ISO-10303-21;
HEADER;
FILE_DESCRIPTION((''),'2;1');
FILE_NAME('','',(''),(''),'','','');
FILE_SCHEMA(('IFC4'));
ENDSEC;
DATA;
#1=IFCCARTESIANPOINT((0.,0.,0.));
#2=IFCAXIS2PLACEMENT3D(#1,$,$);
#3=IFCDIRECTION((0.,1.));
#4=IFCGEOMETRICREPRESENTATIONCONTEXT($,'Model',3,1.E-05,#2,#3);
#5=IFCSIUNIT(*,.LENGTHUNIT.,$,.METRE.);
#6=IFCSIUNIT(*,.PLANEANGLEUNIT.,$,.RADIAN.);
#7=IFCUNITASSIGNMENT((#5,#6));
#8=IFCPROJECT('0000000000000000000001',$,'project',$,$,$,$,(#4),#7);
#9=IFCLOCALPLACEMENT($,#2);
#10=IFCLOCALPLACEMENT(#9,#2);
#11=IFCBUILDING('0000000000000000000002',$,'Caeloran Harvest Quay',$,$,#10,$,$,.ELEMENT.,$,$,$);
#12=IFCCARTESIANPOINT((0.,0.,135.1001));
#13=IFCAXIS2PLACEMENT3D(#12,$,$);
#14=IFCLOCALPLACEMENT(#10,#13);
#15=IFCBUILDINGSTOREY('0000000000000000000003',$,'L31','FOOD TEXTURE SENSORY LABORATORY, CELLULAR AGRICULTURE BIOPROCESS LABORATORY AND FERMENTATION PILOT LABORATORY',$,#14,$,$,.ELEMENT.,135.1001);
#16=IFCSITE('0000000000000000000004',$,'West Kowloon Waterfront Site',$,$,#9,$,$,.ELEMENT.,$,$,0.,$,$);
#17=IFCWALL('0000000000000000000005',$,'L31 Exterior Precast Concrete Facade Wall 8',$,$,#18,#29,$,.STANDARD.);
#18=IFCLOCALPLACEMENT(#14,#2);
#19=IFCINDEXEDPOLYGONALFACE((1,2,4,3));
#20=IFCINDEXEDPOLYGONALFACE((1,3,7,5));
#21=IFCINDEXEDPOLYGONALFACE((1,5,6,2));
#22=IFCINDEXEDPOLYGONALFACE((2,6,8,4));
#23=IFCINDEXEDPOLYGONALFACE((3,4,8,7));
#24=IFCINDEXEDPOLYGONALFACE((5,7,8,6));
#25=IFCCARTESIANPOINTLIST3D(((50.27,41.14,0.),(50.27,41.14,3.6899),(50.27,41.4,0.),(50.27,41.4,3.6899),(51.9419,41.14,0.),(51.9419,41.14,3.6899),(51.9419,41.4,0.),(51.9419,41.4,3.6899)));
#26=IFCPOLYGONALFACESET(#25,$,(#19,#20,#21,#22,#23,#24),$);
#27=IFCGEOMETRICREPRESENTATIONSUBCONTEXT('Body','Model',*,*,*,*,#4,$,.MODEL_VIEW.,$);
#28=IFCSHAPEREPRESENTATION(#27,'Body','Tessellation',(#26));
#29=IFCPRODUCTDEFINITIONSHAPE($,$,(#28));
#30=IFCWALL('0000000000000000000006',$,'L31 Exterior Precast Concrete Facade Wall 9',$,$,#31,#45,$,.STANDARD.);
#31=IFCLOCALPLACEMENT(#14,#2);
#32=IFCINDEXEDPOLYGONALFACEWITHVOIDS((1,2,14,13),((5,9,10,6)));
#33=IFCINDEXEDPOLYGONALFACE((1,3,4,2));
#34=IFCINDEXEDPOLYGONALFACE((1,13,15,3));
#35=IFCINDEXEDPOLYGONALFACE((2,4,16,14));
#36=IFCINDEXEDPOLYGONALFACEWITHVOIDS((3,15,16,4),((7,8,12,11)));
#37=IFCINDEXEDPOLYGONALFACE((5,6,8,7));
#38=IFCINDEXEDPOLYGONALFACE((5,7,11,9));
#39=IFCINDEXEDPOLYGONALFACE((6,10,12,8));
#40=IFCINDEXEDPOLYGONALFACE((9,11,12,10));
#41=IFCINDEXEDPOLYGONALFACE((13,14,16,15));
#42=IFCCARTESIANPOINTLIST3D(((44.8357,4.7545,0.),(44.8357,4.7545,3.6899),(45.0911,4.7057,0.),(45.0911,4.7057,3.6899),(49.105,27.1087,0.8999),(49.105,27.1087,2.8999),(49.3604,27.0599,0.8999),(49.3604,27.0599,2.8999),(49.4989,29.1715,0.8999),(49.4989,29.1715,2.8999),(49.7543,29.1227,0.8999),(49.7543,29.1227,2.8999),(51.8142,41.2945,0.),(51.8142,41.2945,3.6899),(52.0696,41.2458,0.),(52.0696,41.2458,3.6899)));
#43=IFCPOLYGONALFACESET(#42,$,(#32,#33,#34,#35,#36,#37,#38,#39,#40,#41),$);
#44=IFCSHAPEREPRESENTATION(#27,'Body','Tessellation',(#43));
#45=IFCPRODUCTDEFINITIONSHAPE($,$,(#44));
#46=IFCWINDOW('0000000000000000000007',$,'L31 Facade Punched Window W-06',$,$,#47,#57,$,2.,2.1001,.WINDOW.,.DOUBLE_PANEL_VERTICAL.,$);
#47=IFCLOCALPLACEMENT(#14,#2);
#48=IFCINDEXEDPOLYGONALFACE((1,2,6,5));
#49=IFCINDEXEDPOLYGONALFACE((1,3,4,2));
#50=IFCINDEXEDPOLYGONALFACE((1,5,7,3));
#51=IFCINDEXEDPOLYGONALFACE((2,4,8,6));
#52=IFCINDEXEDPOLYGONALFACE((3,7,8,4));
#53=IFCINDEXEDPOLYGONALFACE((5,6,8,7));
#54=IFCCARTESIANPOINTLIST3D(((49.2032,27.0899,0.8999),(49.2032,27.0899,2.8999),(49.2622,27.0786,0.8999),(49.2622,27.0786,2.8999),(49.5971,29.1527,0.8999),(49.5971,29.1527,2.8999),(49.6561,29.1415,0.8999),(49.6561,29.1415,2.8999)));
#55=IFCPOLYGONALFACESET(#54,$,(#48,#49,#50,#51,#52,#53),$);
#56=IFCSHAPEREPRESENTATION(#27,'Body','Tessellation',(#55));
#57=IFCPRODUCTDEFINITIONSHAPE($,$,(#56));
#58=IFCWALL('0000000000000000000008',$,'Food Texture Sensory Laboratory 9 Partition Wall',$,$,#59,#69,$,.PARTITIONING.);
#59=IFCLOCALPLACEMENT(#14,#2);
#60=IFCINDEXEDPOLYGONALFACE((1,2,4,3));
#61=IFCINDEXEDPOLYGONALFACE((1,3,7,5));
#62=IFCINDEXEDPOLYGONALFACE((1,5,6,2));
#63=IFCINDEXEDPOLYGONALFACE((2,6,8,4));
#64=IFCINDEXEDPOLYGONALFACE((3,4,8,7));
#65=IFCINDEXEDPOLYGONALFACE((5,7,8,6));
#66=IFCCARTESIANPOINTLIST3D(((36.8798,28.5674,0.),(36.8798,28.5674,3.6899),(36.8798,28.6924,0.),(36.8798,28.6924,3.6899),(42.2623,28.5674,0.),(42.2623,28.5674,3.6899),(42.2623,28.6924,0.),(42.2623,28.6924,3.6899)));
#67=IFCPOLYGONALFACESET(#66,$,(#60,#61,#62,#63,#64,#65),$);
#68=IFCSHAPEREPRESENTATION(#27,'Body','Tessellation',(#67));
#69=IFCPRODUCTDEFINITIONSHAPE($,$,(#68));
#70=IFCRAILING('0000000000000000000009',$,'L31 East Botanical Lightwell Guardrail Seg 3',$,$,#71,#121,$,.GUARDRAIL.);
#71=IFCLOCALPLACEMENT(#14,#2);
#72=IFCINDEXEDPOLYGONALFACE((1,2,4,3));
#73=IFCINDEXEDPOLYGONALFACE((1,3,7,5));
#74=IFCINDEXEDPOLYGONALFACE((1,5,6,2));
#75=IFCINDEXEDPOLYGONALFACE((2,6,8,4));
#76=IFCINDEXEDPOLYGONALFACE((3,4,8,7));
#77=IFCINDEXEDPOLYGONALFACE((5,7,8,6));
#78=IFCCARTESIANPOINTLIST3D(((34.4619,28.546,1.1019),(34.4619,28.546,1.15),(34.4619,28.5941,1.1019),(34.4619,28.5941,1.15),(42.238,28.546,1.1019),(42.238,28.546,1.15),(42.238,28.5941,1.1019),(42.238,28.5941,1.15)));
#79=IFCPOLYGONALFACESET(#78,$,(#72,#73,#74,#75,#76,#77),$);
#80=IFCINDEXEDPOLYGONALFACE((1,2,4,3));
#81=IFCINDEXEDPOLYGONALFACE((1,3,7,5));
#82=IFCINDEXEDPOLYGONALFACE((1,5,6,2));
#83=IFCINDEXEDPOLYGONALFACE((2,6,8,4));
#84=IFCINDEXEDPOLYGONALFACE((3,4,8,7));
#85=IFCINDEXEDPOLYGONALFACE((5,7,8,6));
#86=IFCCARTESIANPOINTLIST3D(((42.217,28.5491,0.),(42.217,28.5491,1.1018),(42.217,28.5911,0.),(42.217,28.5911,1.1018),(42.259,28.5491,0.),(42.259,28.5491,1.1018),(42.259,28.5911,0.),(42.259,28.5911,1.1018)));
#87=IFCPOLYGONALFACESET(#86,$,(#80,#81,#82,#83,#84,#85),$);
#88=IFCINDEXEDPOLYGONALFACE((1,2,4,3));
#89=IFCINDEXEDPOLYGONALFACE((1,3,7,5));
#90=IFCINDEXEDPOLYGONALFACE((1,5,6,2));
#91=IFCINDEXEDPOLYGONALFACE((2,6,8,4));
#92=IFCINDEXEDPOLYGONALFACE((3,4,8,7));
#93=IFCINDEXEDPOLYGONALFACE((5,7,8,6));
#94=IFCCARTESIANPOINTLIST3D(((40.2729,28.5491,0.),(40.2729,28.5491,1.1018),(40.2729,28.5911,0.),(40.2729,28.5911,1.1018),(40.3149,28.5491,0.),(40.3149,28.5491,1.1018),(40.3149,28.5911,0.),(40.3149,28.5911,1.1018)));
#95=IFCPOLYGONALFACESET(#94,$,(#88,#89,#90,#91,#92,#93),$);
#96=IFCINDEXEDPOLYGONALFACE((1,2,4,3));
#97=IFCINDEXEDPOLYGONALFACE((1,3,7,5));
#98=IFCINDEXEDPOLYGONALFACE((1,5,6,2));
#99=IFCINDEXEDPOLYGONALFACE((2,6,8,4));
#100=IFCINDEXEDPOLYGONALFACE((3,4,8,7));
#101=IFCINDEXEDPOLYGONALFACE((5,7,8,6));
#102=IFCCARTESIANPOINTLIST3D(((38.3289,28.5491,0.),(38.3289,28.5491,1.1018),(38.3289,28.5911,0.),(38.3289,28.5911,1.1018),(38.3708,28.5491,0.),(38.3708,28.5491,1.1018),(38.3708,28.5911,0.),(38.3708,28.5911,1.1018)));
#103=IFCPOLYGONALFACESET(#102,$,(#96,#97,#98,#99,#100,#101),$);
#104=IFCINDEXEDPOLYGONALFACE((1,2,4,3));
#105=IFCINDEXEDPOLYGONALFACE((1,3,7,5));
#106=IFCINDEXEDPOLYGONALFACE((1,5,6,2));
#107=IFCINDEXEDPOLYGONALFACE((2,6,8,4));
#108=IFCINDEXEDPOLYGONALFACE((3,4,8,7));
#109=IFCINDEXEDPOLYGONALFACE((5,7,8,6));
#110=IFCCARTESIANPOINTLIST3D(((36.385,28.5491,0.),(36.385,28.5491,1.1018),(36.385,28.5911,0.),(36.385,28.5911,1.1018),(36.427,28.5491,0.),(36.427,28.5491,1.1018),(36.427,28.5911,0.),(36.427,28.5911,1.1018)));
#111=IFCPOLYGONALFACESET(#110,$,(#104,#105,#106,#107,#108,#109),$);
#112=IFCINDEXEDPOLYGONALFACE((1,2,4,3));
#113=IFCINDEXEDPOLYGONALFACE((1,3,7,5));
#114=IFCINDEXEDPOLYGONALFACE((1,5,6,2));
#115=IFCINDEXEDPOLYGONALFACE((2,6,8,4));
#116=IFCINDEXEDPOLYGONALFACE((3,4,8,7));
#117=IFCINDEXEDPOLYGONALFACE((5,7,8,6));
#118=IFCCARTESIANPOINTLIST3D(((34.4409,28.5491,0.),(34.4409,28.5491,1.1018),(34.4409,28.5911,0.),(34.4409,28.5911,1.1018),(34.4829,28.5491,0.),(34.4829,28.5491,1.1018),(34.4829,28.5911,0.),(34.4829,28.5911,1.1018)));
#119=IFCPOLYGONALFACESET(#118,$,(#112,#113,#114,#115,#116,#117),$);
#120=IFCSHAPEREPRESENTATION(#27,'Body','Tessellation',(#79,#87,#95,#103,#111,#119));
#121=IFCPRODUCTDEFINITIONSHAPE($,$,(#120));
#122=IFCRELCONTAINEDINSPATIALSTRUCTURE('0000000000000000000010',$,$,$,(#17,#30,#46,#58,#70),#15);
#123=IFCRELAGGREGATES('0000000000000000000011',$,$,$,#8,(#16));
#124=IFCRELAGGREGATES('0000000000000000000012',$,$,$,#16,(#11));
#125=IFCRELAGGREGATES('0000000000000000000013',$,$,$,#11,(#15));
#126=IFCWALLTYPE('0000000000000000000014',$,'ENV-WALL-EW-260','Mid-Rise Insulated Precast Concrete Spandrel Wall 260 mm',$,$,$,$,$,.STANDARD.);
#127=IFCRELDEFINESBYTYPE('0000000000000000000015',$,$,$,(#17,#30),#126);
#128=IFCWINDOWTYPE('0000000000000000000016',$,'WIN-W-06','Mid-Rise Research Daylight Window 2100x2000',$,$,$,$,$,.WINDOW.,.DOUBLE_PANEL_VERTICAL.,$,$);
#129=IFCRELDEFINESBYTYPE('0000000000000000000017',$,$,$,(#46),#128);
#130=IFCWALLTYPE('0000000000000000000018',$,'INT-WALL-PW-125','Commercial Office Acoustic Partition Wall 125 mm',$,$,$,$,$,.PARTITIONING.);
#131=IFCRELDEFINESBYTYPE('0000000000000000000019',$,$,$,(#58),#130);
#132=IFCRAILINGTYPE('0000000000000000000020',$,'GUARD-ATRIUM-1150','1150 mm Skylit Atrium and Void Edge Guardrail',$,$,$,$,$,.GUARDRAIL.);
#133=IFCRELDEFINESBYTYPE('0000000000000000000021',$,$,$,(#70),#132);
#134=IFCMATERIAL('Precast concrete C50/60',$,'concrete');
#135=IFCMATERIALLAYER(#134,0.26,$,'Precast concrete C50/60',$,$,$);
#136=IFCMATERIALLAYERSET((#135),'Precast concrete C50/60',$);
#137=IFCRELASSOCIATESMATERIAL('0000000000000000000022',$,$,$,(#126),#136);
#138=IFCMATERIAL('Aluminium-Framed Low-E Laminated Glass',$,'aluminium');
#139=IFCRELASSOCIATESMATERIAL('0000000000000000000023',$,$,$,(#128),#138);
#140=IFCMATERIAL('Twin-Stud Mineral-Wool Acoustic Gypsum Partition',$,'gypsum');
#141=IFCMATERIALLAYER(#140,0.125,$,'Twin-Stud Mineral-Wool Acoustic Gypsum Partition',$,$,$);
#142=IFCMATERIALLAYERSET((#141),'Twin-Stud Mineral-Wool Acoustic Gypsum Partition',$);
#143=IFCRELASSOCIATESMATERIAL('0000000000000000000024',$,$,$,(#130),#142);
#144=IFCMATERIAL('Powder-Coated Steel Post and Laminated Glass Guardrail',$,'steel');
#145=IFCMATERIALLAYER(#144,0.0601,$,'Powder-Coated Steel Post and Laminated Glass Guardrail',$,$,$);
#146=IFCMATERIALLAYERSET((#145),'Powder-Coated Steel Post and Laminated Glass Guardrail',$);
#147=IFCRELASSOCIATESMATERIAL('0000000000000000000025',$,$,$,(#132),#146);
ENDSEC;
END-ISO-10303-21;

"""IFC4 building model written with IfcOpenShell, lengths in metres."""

from ifc_helpers import new_model, si_unit, direction, frame, frame_2d, origin, origin_2d, place, context, subcontext, project, spatial, rectangle, extrude, material, layer, layer_set, type_object, element, fill, save


model = new_model("IFC4")

# Units and contexts
model_context = context("Model", 3, precision=1e-05, world=origin(), true_north=direction((0.0, 1.0)))
body_context = subcontext(model_context, "Body", "Model", "MODEL_VIEW")
ifc_project = project(units=[si_unit("LENGTHUNIT", "METRE"), si_unit("PLANEANGLEUNIT", "RADIAN")], contexts=[model_context])

# Site, building, storey
site_placement = place(None, origin())
site = spatial("IfcSite", under=ifc_project, at=site_placement, Name="West Kowloon Waterfront Site", CompositionType="ELEMENT", RefElevation=0.0)
building_placement = place(site_placement, origin())
building = spatial("IfcBuilding", under=site, at=building_placement, Name="Caeloran Harvest Quay", CompositionType="ELEMENT")
storey_placement = place(building_placement, frame((0.0, 0.0, 135.1001)))
storey = spatial("IfcBuildingStorey", under=building, at=storey_placement, Name="L31", Description="FOOD TEXTURE SENSORY LABORATORY, CELLULAR AGRICULTURE BIOPROCESS LABORATORY AND FERMENTATION PILOT LABORATORY", CompositionType="ELEMENT", Elevation=135.1001)

# Wall
ifc_material_1 = material(Name="Precast concrete C50/60", Category="concrete")
ifc_layer_1 = layer(ifc_material_1, 0.26, Name="Precast concrete C50/60")
ifc_layer_set_1 = layer_set([ifc_layer_1], Name="Precast concrete C50/60")
wall_type_1 = type_object("IfcWallType", Name="ENV-WALL-EW-260", Description="Mid-Rise Insulated Precast Concrete Spandrel Wall 260 mm", PredefinedType="STANDARD", material=ifc_layer_set_1)
wall_1_placement = place(storey_placement, frame((50.27, 41.27, 0.0), z_axis=(0.0, 0.0, 1.0), x_axis=(1.0, 0.0, 0.0)))
element("IfcWall", 1, at=wall_1_placement, inside=storey, type_object=wall_type_1, Name="L31 Exterior Precast Concrete Facade Wall 8", PredefinedType="STANDARD", context=body_context, shape_type="SweptSolid", body=[
    extrude(rectangle(XDim=1.6719, YDim=0.26, at=frame_2d((0.8359, 0.0))), origin(), (0.0, 0.0, 1.0), 3.6899),
])

# Wall, opening, window
wall_2_placement = place(storey_placement, frame((51.9419, 41.27, 0.0), z_axis=(0.0, 0.0, 1.0), x_axis=(-0.187592, -0.982247, 0.0)))
wall_2 = element("IfcWall", 2, at=wall_2_placement, inside=storey, type_object=wall_type_1, Name="L31 Exterior Precast Concrete Facade Wall 9", PredefinedType="STANDARD", context=body_context, shape_type="SweptSolid", body=[
    extrude(rectangle(XDim=37.2004, YDim=0.26, at=frame_2d((18.6001, 0.0))), origin(), (0.0, 0.0, 1.0), 3.6899),
])
opening_placement = place(wall_2_placement, frame((12.342, 0.0, 0.8999)))
opening = element("IfcOpeningElement", 3, at=opening_placement, cuts=wall_2, PredefinedType="OPENING", context=body_context, shape_type="SweptSolid", body=[
    extrude(rectangle(XDim=2.1001, YDim=2.0, at=frame_2d((1.05, 1.0))), frame((0.0, 0.1401, 0.0), z_axis=(0.0, -1.0, 0.0), x_axis=(1.0, 0.0, 0.0)), (0.0, 0.0, 1.0), 0.28),
])
ifc_material_2 = material(Name="Aluminium-Framed Low-E Laminated Glass", Category="aluminium")
window_type = type_object("IfcWindowType", Name="WIN-W-06", Description="Mid-Rise Research Daylight Window 2100x2000", PartitioningType="DOUBLE_PANEL_VERTICAL", PredefinedType="WINDOW", material=ifc_material_2)
window_placement = place(opening_placement, origin())
window = element("IfcWindow", 4, at=window_placement, inside=storey, type_object=window_type, Name="L31 Facade Punched Window W-06", OverallHeight=2.0, OverallWidth=2.1001, PartitioningType="DOUBLE_PANEL_VERTICAL", PredefinedType="WINDOW", context=body_context, shape_type="SweptSolid", body=[
    extrude(rectangle(XDim=2.1001, YDim=2.0, at=frame_2d((1.05, 1.0))), frame((0.0, 0.03, 0.0), z_axis=(0.0, -1.0, 0.0), x_axis=(1.0, 0.0, 0.0)), (0.0, 0.0, 1.0), 0.0601),
])
fill(opening, window)

# Wall
ifc_material_3 = material(Name="Twin-Stud Mineral-Wool Acoustic Gypsum Partition", Category="gypsum")
ifc_layer_2 = layer(ifc_material_3, 0.125, Name="Twin-Stud Mineral-Wool Acoustic Gypsum Partition")
ifc_layer_set_2 = layer_set([ifc_layer_2], Name="Twin-Stud Mineral-Wool Acoustic Gypsum Partition")
wall_type_2 = type_object("IfcWallType", Name="INT-WALL-PW-125", Description="Commercial Office Acoustic Partition Wall 125 mm", PredefinedType="PARTITIONING", material=ifc_layer_set_2)
wall_3_placement = place(storey_placement, frame((42.2625, 28.6299, 0.0), z_axis=(0.0, 0.0, 1.0), x_axis=(-1.0, 0.0, 0.0)))
element("IfcWall", 5, at=wall_3_placement, inside=storey, type_object=wall_type_2, Name="Food Texture Sensory Laboratory 9 Partition Wall", PredefinedType="PARTITIONING", context=body_context, shape_type="SweptSolid", body=[
    extrude(rectangle(XDim=5.3826, YDim=0.125, at=frame_2d((2.6914, 0.0))), origin(), (0.0, 0.0, 1.0), 3.6899),
])

# Railing
ifc_material_4 = material(Name="Powder-Coated Steel Post and Laminated Glass Guardrail", Category="steel")
ifc_layer_3 = layer(ifc_material_4, 0.0601, Name="Powder-Coated Steel Post and Laminated Glass Guardrail")
ifc_layer_set_3 = layer_set([ifc_layer_3], Name="Powder-Coated Steel Post and Laminated Glass Guardrail")
railing_type = type_object("IfcRailingType", Name="GUARD-ATRIUM-1150", Description="1150 mm Skylit Atrium and Void Edge Guardrail", PredefinedType="GUARDRAIL", material=ifc_layer_set_3)
railing_placement = place(storey_placement, frame((42.238, 28.5701, 0.0)))
element("IfcRailing", 6, at=railing_placement, inside=storey, type_object=railing_type, Name="L31 East Botanical Lightwell Guardrail Seg 3", PredefinedType="GUARDRAIL", context=body_context, shape_type="SweptSolid", body=[
    extrude(rectangle(XDim=0.0481, YDim=0.0481, at=origin_2d()), frame((0.0, 0.0, 1.126), z_axis=(-1.0, 0.0, 0.0), x_axis=(0.0, -1.0, 0.0)), (0.0, 0.0, 1.0), 7.7761),
    extrude(rectangle(XDim=0.042, YDim=0.042, at=origin_2d()), origin(), (0.0, 0.0, 1.0), 1.1018),
    extrude(rectangle(XDim=0.042, YDim=0.042, at=origin_2d()), frame((-1.9441, 0.0, 0.0)), (0.0, 0.0, 1.0), 1.1018),
    extrude(rectangle(XDim=0.042, YDim=0.042, at=origin_2d()), frame((-3.8882, 0.0, 0.0)), (0.0, 0.0, 1.0), 1.1018),
    extrude(rectangle(XDim=0.042, YDim=0.042, at=origin_2d()), frame((-5.832, 0.0, 0.0)), (0.0, 0.0, 1.0), 1.1018),
    extrude(rectangle(XDim=0.042, YDim=0.042, at=origin_2d()), frame((-7.7761, 0.0, 0.0)), (0.0, 0.0, 1.0), 1.1018),
])

save(model, "model.ifc")
